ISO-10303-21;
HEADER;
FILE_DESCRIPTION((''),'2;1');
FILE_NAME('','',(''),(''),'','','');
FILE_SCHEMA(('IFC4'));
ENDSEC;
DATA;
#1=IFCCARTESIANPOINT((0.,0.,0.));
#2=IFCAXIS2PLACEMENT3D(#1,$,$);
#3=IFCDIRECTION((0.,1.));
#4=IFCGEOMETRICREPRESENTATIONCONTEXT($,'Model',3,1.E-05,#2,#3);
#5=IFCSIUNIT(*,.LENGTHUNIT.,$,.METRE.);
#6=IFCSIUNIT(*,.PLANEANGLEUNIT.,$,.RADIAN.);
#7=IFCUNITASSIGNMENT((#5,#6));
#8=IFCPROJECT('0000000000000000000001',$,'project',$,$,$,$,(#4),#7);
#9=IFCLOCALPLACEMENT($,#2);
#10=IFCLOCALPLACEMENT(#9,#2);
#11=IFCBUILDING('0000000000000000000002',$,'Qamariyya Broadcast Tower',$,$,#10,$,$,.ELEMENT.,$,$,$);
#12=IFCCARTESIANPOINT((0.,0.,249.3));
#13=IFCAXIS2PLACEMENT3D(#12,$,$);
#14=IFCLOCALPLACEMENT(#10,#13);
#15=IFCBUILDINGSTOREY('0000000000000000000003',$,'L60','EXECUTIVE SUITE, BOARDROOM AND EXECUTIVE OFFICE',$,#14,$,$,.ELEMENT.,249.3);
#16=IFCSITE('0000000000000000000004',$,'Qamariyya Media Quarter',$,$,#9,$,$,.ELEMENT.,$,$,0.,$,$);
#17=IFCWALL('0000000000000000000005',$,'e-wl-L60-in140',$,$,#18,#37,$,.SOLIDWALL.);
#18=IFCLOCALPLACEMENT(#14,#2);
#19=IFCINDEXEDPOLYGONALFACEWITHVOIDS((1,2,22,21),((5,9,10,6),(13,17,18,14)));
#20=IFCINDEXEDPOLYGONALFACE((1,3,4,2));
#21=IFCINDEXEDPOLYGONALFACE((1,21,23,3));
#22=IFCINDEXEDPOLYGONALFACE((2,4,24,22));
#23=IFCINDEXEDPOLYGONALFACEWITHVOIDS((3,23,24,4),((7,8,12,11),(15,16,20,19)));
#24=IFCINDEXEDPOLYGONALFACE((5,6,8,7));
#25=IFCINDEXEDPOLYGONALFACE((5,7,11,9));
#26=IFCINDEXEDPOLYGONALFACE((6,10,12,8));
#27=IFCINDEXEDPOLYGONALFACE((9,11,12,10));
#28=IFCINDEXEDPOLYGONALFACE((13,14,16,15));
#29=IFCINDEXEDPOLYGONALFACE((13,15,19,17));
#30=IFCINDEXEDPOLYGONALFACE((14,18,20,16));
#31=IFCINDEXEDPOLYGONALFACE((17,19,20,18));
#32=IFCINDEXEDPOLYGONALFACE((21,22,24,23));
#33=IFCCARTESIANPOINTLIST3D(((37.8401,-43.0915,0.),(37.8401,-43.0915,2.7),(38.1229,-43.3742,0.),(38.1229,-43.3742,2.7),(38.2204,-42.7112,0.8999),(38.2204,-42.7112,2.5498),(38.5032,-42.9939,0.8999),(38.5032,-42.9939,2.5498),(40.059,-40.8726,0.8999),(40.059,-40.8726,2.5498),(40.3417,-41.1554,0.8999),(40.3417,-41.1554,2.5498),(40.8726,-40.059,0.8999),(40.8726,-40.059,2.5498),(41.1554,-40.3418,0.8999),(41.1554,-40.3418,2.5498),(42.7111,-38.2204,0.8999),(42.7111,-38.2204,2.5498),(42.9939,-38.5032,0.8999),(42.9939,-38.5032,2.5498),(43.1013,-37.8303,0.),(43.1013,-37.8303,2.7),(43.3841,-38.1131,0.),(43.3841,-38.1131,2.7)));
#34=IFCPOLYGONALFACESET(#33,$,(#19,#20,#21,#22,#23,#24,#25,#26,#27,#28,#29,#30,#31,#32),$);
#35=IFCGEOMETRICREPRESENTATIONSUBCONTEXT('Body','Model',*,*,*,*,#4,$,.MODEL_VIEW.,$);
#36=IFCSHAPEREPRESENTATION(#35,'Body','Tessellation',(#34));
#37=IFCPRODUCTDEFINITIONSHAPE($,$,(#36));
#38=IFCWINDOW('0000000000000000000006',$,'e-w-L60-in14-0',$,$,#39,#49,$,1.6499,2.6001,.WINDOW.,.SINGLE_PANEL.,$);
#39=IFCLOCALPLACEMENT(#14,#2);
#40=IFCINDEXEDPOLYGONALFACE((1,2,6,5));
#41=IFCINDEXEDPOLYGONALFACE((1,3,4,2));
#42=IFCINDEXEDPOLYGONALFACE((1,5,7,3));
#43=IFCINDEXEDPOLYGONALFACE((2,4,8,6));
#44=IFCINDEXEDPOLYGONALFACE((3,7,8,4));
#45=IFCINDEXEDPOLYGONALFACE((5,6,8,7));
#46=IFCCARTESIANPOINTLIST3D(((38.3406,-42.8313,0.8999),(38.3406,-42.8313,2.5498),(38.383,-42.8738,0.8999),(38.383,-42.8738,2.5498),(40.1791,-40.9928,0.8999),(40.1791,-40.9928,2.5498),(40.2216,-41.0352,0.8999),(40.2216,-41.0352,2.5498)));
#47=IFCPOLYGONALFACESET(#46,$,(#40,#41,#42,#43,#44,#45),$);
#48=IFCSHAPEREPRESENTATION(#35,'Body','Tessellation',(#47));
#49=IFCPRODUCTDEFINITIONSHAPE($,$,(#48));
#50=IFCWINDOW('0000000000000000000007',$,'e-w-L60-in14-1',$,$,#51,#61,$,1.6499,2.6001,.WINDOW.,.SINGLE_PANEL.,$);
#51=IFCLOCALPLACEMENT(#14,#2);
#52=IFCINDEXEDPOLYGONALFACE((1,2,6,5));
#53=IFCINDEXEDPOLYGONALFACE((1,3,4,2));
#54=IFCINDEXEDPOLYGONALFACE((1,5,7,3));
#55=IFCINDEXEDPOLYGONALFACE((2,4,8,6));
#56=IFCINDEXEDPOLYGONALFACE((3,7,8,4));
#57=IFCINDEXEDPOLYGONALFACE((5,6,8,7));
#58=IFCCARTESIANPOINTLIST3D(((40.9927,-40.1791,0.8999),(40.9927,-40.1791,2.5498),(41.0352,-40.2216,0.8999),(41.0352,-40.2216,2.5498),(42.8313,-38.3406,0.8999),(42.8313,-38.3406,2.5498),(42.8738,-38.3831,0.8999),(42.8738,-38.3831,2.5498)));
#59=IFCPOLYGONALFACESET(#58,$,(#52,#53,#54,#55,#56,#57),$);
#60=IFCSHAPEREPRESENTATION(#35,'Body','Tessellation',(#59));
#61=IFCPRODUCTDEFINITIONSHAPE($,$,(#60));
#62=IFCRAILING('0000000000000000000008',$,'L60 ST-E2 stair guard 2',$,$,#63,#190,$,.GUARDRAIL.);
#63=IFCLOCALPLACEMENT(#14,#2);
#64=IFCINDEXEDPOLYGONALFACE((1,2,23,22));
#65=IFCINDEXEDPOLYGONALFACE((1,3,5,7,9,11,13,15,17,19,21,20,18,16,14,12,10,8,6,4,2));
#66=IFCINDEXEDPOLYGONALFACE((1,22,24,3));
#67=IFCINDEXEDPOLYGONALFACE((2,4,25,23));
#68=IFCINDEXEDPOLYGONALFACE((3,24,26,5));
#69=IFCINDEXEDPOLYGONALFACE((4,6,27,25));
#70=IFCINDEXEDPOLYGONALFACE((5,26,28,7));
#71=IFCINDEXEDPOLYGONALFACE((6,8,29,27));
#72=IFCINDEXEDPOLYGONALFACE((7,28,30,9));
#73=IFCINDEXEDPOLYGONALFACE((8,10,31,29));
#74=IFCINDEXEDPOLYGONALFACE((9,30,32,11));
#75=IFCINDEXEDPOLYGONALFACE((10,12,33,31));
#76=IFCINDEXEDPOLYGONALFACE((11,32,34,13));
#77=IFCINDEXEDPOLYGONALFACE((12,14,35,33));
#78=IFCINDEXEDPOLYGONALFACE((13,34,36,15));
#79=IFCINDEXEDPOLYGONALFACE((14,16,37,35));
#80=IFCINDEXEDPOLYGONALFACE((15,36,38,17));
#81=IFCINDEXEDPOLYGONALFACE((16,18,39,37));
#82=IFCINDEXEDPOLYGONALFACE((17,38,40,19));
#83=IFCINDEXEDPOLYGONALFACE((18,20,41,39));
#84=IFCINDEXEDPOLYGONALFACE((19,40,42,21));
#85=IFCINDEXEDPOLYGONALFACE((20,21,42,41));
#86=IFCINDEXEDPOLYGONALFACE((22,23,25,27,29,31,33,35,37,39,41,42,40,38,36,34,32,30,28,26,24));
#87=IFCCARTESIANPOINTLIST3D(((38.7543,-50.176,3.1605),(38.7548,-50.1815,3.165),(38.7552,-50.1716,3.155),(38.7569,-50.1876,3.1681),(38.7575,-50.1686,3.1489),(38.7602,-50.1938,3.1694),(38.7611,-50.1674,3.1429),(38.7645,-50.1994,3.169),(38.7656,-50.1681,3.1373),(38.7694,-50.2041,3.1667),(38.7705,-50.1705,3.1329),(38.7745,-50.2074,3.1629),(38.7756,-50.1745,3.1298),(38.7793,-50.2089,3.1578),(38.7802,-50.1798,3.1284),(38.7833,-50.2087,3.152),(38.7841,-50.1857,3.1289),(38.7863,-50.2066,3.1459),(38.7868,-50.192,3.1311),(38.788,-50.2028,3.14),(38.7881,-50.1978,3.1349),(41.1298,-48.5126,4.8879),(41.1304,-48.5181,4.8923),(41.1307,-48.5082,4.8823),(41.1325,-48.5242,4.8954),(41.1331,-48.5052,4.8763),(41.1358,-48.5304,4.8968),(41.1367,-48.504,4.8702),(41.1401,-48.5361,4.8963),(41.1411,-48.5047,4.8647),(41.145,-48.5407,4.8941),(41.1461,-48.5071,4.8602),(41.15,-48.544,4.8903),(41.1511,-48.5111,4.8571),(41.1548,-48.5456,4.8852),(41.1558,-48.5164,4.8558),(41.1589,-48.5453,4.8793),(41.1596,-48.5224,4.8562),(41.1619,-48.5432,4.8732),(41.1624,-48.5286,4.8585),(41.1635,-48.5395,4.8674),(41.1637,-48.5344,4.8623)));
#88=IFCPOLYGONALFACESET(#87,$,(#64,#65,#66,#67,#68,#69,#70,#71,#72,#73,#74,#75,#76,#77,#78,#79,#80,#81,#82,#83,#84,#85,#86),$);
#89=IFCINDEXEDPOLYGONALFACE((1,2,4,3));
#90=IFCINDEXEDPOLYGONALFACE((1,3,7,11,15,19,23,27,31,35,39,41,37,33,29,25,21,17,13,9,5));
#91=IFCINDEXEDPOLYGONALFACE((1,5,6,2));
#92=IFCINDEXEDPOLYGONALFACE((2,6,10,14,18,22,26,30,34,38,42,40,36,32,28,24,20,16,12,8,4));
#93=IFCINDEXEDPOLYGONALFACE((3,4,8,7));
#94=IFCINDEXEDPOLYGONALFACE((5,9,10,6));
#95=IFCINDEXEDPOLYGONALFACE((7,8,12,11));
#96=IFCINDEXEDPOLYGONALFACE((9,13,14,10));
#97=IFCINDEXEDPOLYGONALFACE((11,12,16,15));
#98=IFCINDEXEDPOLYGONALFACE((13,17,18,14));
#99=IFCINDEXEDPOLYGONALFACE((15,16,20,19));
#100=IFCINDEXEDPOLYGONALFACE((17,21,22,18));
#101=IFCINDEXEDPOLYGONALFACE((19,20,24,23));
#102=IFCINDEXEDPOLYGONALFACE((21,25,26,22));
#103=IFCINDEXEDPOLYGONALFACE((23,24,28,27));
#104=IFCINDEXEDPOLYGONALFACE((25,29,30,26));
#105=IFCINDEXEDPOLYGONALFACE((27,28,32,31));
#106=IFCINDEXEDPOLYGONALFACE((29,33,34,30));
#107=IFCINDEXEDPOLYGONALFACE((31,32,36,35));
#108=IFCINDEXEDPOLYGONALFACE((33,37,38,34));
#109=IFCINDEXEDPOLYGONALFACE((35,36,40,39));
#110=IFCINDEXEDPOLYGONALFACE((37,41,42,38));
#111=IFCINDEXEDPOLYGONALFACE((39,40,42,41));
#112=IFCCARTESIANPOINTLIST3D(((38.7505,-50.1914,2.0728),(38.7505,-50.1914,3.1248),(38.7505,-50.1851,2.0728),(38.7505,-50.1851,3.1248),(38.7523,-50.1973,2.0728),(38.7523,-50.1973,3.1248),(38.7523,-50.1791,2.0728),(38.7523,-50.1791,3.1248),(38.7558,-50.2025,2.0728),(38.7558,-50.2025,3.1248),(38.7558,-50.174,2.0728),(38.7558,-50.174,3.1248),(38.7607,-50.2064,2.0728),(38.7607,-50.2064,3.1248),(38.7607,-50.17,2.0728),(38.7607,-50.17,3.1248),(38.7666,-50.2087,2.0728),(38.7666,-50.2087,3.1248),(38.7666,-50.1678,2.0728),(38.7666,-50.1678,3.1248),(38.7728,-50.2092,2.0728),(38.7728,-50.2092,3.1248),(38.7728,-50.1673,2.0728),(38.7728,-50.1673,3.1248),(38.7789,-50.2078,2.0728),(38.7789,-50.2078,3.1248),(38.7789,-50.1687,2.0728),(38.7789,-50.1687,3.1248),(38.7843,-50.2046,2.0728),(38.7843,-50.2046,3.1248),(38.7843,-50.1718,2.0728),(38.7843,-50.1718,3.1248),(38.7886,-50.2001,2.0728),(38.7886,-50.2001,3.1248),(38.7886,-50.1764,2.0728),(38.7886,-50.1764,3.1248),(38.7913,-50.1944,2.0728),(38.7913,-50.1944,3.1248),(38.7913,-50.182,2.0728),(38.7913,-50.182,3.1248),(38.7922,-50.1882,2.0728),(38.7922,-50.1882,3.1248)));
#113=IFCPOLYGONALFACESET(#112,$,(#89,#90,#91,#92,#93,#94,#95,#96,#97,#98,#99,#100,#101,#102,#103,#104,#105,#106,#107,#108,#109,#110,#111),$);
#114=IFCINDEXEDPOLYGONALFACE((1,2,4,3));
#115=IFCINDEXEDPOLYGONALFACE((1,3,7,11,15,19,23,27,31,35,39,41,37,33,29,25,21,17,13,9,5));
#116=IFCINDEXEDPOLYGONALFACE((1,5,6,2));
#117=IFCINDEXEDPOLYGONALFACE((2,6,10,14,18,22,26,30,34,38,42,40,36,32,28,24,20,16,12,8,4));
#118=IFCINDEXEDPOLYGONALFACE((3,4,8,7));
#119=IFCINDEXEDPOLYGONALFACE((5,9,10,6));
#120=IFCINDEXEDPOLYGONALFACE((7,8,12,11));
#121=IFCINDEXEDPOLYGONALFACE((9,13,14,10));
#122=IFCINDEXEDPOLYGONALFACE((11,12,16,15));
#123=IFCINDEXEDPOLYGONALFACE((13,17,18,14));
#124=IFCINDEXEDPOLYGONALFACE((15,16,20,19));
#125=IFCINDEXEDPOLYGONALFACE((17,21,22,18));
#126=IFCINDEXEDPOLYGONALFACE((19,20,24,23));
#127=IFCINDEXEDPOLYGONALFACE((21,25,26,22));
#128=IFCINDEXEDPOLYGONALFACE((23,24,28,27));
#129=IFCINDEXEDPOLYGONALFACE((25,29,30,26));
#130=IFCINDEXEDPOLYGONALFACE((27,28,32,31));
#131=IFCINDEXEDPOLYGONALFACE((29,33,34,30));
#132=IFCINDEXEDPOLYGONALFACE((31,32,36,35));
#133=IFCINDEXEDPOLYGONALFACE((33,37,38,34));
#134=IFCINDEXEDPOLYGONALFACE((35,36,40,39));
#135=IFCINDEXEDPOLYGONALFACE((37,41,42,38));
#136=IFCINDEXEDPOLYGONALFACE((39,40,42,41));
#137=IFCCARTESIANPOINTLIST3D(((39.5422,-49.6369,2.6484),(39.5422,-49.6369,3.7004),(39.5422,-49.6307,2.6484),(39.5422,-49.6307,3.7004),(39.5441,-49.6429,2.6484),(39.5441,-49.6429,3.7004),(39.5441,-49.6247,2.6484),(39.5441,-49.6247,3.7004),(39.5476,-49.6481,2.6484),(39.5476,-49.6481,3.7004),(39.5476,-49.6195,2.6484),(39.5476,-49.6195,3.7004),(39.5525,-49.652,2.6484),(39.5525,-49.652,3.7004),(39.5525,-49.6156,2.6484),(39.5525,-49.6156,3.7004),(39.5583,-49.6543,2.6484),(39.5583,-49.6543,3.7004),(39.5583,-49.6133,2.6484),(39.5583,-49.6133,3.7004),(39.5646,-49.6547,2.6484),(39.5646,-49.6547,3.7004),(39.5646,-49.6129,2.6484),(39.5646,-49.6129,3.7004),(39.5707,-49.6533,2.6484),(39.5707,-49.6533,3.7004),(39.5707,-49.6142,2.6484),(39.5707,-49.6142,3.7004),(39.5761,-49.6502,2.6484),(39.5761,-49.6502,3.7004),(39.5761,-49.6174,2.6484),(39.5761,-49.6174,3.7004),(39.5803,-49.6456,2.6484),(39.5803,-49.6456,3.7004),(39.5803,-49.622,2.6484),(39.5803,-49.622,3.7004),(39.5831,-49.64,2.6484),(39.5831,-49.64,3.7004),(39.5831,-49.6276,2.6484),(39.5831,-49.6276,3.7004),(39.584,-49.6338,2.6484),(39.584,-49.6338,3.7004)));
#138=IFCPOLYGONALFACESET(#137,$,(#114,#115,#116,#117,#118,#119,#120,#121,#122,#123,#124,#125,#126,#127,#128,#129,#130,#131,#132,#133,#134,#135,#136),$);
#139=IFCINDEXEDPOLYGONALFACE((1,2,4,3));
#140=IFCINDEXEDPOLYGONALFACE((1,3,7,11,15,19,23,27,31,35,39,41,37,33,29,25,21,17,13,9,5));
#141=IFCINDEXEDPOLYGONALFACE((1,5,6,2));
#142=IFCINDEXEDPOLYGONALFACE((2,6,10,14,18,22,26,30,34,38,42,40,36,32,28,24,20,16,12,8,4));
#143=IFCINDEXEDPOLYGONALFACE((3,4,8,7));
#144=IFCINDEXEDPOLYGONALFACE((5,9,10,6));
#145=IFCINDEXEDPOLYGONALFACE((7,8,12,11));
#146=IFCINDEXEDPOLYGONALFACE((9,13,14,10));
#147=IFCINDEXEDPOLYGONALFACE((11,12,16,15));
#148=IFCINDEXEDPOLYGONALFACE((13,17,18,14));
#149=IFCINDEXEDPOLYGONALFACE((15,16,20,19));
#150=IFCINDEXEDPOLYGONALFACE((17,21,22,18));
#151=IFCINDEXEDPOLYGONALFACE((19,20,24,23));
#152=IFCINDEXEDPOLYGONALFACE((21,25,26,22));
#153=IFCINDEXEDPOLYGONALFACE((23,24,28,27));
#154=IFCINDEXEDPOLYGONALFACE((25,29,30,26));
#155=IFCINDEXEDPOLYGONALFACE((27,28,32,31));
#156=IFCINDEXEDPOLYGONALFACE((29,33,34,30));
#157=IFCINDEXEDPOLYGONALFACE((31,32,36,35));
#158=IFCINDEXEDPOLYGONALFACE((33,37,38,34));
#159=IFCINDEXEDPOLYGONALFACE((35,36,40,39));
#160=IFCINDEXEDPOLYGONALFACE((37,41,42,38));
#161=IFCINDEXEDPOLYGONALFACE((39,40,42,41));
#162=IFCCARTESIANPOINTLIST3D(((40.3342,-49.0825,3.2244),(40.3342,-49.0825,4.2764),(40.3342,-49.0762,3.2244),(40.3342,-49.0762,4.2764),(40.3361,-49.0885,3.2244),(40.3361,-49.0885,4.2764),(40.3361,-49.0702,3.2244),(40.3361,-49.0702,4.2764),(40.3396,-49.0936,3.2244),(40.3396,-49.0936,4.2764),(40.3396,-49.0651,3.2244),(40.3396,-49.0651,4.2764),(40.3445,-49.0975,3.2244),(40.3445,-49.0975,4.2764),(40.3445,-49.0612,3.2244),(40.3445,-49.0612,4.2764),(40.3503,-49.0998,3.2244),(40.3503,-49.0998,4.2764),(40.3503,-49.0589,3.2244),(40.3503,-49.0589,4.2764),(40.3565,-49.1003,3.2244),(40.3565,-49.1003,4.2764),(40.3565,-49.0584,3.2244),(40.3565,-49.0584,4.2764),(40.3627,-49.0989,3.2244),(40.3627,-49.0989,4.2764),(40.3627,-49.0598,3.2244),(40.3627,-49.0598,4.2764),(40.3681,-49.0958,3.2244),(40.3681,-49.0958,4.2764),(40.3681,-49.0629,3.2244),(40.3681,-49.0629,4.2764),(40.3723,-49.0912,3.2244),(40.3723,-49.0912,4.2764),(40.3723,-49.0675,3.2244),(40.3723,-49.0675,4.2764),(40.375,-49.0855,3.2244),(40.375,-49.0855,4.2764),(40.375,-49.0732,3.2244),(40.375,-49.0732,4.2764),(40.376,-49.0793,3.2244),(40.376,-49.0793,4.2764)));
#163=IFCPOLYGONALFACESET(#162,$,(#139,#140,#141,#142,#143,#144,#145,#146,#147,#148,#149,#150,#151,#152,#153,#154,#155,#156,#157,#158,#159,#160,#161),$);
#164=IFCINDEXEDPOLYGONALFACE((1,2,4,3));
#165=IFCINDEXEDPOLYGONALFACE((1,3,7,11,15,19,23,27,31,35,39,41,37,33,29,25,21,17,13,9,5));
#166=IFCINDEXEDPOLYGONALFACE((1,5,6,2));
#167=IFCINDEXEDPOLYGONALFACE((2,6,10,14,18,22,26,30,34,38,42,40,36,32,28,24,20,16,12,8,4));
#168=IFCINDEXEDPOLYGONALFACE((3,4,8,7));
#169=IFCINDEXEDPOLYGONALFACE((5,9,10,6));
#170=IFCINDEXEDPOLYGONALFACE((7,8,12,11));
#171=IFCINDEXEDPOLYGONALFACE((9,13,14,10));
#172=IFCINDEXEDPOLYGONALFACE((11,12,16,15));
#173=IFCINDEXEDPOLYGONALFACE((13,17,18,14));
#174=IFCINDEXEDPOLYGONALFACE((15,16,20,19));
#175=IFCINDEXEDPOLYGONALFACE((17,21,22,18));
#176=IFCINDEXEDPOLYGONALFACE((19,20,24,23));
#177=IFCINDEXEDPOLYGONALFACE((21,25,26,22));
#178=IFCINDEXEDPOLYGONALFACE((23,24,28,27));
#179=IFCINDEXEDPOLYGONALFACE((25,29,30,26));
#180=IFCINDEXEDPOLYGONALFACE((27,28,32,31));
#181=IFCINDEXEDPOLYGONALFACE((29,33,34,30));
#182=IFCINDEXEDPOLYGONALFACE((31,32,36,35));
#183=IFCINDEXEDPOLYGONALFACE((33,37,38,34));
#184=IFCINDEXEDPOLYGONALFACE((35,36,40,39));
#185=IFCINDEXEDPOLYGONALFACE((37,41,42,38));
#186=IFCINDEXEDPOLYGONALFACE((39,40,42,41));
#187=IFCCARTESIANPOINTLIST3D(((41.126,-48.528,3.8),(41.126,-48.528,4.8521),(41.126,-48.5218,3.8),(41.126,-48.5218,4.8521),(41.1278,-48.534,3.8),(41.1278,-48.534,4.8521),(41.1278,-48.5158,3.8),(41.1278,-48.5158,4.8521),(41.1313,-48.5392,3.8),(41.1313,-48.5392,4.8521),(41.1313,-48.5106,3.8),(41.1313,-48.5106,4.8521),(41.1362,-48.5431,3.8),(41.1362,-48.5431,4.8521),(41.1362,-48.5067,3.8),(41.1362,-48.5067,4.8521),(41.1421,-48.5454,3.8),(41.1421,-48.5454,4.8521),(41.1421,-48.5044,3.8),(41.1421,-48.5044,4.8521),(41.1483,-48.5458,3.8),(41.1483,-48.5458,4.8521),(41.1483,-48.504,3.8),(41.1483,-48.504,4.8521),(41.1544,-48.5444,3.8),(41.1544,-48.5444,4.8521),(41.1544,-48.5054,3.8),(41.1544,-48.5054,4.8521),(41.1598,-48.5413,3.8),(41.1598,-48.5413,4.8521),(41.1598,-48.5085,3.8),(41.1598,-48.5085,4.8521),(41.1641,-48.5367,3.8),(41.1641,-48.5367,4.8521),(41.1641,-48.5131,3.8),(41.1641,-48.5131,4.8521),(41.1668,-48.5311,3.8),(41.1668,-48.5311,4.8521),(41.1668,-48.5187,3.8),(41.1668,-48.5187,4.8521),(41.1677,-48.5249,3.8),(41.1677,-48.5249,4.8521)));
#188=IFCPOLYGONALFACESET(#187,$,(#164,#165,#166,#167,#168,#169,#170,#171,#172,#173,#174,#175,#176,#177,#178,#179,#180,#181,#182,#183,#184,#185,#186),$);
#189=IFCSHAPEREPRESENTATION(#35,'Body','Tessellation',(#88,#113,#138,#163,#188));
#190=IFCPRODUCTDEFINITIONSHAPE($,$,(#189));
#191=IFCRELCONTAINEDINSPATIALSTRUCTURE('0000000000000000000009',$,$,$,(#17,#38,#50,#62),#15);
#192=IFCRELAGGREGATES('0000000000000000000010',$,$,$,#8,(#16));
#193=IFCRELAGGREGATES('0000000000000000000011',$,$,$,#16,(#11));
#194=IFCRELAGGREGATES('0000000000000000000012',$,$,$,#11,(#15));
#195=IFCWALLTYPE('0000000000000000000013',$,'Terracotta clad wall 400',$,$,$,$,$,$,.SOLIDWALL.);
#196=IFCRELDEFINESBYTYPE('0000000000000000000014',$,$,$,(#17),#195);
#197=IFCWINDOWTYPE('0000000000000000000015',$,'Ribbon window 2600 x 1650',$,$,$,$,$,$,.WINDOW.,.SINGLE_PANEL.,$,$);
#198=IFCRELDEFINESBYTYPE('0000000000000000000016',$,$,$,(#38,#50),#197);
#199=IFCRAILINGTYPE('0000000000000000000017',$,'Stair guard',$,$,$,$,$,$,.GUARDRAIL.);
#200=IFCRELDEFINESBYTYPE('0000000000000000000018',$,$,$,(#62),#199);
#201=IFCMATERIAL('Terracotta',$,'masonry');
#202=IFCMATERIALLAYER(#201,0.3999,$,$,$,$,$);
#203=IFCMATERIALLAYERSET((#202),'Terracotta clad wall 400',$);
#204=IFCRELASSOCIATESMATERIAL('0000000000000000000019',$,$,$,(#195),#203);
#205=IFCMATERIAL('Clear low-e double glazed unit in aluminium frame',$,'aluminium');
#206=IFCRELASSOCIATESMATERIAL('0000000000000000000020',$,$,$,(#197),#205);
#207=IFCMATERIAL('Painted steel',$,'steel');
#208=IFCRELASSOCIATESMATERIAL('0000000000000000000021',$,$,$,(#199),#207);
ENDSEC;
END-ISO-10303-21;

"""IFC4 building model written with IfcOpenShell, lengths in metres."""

from ifc_helpers import new_model, si_unit, direction, frame, frame_2d, origin, origin_2d, place, context, subcontext, project, spatial, rectangle, circle, extrude, material, layer, layer_set, type_object, element, fill, save


model = new_model("IFC4")

# Units and contexts
model_context = context("Model", 3, precision=1e-05, world=origin(), true_north=direction((0.0, 1.0)))
body_context = subcontext(model_context, "Body", "Model", "MODEL_VIEW")
ifc_project = project(units=[si_unit("LENGTHUNIT", "METRE"), si_unit("PLANEANGLEUNIT", "RADIAN")], contexts=[model_context])

# Site, building, storey
site_placement = place(None, origin())
site = spatial("IfcSite", under=ifc_project, at=site_placement, Name="Qamariyya Media Quarter", CompositionType="ELEMENT", RefElevation=0.0)
building_placement = place(site_placement, origin())
building = spatial("IfcBuilding", under=site, at=building_placement, Name="Qamariyya Broadcast Tower", CompositionType="ELEMENT")
storey_placement = place(building_placement, frame((0.0, 0.0, 249.3)))
storey = spatial("IfcBuildingStorey", under=building, at=storey_placement, Name="L60", Description="EXECUTIVE SUITE, BOARDROOM AND EXECUTIVE OFFICE", CompositionType="ELEMENT", Elevation=249.3)

# Wall, openings, windows
ifc_material_1 = material(Name="Terracotta", Category="masonry")
ifc_layer_1 = layer(ifc_material_1, 0.3999)
ifc_layer_set_1 = layer_set([ifc_layer_1], Name="Terracotta clad wall 400")
wall_type_1 = type_object("IfcWallType", Name="Terracotta clad wall 400", PredefinedType="SOLIDWALL", material=ifc_layer_set_1)
ifc_material_2 = material(Name="Clear low-e double glazed unit in aluminium frame", Category="aluminium")
window_type = type_object("IfcWindowType", Name="Ribbon window 2600 x 1650", PartitioningType="SINGLE_PANEL", PredefinedType="WINDOW", material=ifc_material_2)
wall_1_placement = place(storey_placement, frame((43.2427, -37.9717, 0.0), z_axis=(0.0, 0.0, 1.0), x_axis=(-0.707107, -0.707107, 0.0)))
wall_1 = element("IfcWall", 1, at=wall_1_placement, inside=storey, type_object=wall_type_1, Name="e-wl-L60-in140", PredefinedType="SOLIDWALL", context=body_context, shape_type="SweptSolid", body=[
    extrude(rectangle(XDim=7.4404, YDim=0.3999, at=frame_2d((3.7202, 0.0))), origin(), (0.0, 0.0, 1.0), 2.7),
])
opening_1_placement = place(wall_1_placement, frame((4.3025, 0.0, 0.8999)))
opening_1 = element("IfcOpeningElement", 2, at=opening_1_placement, cuts=wall_1, PredefinedType="OPENING", context=body_context, shape_type="SweptSolid", body=[
    extrude(rectangle(XDim=2.6001, YDim=1.6499, at=frame_2d((1.3, 0.825))), frame((0.0, 0.21, 0.0), z_axis=(0.0, -1.0, 0.0), x_axis=(1.0, 0.0, 0.0)), (0.0, 0.0, 1.0), 0.4199),
])
opening_2_placement = place(wall_1_placement, frame((0.5518, 0.0, 0.8999)))
opening_2 = element("IfcOpeningElement", 3, at=opening_2_placement, cuts=wall_1, PredefinedType="OPENING", context=body_context, shape_type="SweptSolid", body=[
    extrude(rectangle(XDim=2.6001, YDim=1.6499, at=frame_2d((1.3, 0.825))), frame((0.0, 0.21, 0.0), z_axis=(0.0, -1.0, 0.0), x_axis=(1.0, 0.0, 0.0)), (0.0, 0.0, 1.0), 0.4199),
])
window_1_placement = place(opening_1_placement, origin())
window_1 = element("IfcWindow", 4, at=window_1_placement, inside=storey, type_object=window_type, Name="e-w-L60-in14-0", OverallHeight=1.6499, OverallWidth=2.6001, PartitioningType="SINGLE_PANEL", PredefinedType="WINDOW", context=body_context, shape_type="SweptSolid", body=[
    extrude(rectangle(XDim=2.6001, YDim=1.6499, at=frame_2d((1.3, 0.825))), frame((0.0, 0.03, 0.0), z_axis=(0.0, -1.0, 0.0), x_axis=(1.0, 0.0, 0.0)), (0.0, 0.0, 1.0), 0.0601),
])
fill(opening_1, window_1)
window_2_placement = place(opening_2_placement, origin())
window_2 = element("IfcWindow", 5, at=window_2_placement, inside=storey, type_object=window_type, Name="e-w-L60-in14-1", OverallHeight=1.6499, OverallWidth=2.6001, PartitioningType="SINGLE_PANEL", PredefinedType="WINDOW", context=body_context, shape_type="SweptSolid", body=[
    extrude(rectangle(XDim=2.6001, YDim=1.6499, at=frame_2d((1.3, 0.825))), frame((0.0, 0.03, 0.0), z_axis=(0.0, -1.0, 0.0), x_axis=(1.0, 0.0, 0.0)), (0.0, 0.0, 1.0), 0.0601),
])
fill(opening_2, window_2)

# Railing
ifc_material_3 = material(Name="Painted steel", Category="steel")
railing_type_1 = type_object("IfcRailingType", Name="Stair guard", PredefinedType="GUARDRAIL", material=ifc_material_3)
railing_1_placement = place(storey_placement, frame((38.7712, -50.1882, 2.0728)))
element("IfcRailing", 6, at=railing_1_placement, inside=storey, type_object=railing_type_1, Name="L60 ST-E2 stair guard 2", PredefinedType="GUARDRAIL", context=body_context, shape_type="SweptSolid", body=[
    extrude(circle(Radius=0.0239, at=origin_2d()), frame((0.0, 0.0, 1.0762), z_axis=(0.70377, 0.492784, 0.511734), x_axis=(-0.573575, 0.819153, 0.0)), (0.0, 0.0, 1.0), 3.3755),
    extrude(circle(Radius=0.021, at=origin_2d()), origin(), (0.0, 0.0, 1.0), 1.052),
    extrude(circle(Radius=0.021, at=origin_2d()), frame((0.7917, 0.5544, 0.5757)), (0.0, 0.0, 1.0), 1.052),
    extrude(circle(Radius=0.021, at=origin_2d()), frame((1.5837, 1.1089, 1.1516)), (0.0, 0.0, 1.0), 1.052),
    extrude(circle(Radius=0.021, at=origin_2d()), frame((2.3755, 1.6633, 1.7273)), (0.0, 0.0, 1.0), 1.052),
])

save(model, "model.ifc")
